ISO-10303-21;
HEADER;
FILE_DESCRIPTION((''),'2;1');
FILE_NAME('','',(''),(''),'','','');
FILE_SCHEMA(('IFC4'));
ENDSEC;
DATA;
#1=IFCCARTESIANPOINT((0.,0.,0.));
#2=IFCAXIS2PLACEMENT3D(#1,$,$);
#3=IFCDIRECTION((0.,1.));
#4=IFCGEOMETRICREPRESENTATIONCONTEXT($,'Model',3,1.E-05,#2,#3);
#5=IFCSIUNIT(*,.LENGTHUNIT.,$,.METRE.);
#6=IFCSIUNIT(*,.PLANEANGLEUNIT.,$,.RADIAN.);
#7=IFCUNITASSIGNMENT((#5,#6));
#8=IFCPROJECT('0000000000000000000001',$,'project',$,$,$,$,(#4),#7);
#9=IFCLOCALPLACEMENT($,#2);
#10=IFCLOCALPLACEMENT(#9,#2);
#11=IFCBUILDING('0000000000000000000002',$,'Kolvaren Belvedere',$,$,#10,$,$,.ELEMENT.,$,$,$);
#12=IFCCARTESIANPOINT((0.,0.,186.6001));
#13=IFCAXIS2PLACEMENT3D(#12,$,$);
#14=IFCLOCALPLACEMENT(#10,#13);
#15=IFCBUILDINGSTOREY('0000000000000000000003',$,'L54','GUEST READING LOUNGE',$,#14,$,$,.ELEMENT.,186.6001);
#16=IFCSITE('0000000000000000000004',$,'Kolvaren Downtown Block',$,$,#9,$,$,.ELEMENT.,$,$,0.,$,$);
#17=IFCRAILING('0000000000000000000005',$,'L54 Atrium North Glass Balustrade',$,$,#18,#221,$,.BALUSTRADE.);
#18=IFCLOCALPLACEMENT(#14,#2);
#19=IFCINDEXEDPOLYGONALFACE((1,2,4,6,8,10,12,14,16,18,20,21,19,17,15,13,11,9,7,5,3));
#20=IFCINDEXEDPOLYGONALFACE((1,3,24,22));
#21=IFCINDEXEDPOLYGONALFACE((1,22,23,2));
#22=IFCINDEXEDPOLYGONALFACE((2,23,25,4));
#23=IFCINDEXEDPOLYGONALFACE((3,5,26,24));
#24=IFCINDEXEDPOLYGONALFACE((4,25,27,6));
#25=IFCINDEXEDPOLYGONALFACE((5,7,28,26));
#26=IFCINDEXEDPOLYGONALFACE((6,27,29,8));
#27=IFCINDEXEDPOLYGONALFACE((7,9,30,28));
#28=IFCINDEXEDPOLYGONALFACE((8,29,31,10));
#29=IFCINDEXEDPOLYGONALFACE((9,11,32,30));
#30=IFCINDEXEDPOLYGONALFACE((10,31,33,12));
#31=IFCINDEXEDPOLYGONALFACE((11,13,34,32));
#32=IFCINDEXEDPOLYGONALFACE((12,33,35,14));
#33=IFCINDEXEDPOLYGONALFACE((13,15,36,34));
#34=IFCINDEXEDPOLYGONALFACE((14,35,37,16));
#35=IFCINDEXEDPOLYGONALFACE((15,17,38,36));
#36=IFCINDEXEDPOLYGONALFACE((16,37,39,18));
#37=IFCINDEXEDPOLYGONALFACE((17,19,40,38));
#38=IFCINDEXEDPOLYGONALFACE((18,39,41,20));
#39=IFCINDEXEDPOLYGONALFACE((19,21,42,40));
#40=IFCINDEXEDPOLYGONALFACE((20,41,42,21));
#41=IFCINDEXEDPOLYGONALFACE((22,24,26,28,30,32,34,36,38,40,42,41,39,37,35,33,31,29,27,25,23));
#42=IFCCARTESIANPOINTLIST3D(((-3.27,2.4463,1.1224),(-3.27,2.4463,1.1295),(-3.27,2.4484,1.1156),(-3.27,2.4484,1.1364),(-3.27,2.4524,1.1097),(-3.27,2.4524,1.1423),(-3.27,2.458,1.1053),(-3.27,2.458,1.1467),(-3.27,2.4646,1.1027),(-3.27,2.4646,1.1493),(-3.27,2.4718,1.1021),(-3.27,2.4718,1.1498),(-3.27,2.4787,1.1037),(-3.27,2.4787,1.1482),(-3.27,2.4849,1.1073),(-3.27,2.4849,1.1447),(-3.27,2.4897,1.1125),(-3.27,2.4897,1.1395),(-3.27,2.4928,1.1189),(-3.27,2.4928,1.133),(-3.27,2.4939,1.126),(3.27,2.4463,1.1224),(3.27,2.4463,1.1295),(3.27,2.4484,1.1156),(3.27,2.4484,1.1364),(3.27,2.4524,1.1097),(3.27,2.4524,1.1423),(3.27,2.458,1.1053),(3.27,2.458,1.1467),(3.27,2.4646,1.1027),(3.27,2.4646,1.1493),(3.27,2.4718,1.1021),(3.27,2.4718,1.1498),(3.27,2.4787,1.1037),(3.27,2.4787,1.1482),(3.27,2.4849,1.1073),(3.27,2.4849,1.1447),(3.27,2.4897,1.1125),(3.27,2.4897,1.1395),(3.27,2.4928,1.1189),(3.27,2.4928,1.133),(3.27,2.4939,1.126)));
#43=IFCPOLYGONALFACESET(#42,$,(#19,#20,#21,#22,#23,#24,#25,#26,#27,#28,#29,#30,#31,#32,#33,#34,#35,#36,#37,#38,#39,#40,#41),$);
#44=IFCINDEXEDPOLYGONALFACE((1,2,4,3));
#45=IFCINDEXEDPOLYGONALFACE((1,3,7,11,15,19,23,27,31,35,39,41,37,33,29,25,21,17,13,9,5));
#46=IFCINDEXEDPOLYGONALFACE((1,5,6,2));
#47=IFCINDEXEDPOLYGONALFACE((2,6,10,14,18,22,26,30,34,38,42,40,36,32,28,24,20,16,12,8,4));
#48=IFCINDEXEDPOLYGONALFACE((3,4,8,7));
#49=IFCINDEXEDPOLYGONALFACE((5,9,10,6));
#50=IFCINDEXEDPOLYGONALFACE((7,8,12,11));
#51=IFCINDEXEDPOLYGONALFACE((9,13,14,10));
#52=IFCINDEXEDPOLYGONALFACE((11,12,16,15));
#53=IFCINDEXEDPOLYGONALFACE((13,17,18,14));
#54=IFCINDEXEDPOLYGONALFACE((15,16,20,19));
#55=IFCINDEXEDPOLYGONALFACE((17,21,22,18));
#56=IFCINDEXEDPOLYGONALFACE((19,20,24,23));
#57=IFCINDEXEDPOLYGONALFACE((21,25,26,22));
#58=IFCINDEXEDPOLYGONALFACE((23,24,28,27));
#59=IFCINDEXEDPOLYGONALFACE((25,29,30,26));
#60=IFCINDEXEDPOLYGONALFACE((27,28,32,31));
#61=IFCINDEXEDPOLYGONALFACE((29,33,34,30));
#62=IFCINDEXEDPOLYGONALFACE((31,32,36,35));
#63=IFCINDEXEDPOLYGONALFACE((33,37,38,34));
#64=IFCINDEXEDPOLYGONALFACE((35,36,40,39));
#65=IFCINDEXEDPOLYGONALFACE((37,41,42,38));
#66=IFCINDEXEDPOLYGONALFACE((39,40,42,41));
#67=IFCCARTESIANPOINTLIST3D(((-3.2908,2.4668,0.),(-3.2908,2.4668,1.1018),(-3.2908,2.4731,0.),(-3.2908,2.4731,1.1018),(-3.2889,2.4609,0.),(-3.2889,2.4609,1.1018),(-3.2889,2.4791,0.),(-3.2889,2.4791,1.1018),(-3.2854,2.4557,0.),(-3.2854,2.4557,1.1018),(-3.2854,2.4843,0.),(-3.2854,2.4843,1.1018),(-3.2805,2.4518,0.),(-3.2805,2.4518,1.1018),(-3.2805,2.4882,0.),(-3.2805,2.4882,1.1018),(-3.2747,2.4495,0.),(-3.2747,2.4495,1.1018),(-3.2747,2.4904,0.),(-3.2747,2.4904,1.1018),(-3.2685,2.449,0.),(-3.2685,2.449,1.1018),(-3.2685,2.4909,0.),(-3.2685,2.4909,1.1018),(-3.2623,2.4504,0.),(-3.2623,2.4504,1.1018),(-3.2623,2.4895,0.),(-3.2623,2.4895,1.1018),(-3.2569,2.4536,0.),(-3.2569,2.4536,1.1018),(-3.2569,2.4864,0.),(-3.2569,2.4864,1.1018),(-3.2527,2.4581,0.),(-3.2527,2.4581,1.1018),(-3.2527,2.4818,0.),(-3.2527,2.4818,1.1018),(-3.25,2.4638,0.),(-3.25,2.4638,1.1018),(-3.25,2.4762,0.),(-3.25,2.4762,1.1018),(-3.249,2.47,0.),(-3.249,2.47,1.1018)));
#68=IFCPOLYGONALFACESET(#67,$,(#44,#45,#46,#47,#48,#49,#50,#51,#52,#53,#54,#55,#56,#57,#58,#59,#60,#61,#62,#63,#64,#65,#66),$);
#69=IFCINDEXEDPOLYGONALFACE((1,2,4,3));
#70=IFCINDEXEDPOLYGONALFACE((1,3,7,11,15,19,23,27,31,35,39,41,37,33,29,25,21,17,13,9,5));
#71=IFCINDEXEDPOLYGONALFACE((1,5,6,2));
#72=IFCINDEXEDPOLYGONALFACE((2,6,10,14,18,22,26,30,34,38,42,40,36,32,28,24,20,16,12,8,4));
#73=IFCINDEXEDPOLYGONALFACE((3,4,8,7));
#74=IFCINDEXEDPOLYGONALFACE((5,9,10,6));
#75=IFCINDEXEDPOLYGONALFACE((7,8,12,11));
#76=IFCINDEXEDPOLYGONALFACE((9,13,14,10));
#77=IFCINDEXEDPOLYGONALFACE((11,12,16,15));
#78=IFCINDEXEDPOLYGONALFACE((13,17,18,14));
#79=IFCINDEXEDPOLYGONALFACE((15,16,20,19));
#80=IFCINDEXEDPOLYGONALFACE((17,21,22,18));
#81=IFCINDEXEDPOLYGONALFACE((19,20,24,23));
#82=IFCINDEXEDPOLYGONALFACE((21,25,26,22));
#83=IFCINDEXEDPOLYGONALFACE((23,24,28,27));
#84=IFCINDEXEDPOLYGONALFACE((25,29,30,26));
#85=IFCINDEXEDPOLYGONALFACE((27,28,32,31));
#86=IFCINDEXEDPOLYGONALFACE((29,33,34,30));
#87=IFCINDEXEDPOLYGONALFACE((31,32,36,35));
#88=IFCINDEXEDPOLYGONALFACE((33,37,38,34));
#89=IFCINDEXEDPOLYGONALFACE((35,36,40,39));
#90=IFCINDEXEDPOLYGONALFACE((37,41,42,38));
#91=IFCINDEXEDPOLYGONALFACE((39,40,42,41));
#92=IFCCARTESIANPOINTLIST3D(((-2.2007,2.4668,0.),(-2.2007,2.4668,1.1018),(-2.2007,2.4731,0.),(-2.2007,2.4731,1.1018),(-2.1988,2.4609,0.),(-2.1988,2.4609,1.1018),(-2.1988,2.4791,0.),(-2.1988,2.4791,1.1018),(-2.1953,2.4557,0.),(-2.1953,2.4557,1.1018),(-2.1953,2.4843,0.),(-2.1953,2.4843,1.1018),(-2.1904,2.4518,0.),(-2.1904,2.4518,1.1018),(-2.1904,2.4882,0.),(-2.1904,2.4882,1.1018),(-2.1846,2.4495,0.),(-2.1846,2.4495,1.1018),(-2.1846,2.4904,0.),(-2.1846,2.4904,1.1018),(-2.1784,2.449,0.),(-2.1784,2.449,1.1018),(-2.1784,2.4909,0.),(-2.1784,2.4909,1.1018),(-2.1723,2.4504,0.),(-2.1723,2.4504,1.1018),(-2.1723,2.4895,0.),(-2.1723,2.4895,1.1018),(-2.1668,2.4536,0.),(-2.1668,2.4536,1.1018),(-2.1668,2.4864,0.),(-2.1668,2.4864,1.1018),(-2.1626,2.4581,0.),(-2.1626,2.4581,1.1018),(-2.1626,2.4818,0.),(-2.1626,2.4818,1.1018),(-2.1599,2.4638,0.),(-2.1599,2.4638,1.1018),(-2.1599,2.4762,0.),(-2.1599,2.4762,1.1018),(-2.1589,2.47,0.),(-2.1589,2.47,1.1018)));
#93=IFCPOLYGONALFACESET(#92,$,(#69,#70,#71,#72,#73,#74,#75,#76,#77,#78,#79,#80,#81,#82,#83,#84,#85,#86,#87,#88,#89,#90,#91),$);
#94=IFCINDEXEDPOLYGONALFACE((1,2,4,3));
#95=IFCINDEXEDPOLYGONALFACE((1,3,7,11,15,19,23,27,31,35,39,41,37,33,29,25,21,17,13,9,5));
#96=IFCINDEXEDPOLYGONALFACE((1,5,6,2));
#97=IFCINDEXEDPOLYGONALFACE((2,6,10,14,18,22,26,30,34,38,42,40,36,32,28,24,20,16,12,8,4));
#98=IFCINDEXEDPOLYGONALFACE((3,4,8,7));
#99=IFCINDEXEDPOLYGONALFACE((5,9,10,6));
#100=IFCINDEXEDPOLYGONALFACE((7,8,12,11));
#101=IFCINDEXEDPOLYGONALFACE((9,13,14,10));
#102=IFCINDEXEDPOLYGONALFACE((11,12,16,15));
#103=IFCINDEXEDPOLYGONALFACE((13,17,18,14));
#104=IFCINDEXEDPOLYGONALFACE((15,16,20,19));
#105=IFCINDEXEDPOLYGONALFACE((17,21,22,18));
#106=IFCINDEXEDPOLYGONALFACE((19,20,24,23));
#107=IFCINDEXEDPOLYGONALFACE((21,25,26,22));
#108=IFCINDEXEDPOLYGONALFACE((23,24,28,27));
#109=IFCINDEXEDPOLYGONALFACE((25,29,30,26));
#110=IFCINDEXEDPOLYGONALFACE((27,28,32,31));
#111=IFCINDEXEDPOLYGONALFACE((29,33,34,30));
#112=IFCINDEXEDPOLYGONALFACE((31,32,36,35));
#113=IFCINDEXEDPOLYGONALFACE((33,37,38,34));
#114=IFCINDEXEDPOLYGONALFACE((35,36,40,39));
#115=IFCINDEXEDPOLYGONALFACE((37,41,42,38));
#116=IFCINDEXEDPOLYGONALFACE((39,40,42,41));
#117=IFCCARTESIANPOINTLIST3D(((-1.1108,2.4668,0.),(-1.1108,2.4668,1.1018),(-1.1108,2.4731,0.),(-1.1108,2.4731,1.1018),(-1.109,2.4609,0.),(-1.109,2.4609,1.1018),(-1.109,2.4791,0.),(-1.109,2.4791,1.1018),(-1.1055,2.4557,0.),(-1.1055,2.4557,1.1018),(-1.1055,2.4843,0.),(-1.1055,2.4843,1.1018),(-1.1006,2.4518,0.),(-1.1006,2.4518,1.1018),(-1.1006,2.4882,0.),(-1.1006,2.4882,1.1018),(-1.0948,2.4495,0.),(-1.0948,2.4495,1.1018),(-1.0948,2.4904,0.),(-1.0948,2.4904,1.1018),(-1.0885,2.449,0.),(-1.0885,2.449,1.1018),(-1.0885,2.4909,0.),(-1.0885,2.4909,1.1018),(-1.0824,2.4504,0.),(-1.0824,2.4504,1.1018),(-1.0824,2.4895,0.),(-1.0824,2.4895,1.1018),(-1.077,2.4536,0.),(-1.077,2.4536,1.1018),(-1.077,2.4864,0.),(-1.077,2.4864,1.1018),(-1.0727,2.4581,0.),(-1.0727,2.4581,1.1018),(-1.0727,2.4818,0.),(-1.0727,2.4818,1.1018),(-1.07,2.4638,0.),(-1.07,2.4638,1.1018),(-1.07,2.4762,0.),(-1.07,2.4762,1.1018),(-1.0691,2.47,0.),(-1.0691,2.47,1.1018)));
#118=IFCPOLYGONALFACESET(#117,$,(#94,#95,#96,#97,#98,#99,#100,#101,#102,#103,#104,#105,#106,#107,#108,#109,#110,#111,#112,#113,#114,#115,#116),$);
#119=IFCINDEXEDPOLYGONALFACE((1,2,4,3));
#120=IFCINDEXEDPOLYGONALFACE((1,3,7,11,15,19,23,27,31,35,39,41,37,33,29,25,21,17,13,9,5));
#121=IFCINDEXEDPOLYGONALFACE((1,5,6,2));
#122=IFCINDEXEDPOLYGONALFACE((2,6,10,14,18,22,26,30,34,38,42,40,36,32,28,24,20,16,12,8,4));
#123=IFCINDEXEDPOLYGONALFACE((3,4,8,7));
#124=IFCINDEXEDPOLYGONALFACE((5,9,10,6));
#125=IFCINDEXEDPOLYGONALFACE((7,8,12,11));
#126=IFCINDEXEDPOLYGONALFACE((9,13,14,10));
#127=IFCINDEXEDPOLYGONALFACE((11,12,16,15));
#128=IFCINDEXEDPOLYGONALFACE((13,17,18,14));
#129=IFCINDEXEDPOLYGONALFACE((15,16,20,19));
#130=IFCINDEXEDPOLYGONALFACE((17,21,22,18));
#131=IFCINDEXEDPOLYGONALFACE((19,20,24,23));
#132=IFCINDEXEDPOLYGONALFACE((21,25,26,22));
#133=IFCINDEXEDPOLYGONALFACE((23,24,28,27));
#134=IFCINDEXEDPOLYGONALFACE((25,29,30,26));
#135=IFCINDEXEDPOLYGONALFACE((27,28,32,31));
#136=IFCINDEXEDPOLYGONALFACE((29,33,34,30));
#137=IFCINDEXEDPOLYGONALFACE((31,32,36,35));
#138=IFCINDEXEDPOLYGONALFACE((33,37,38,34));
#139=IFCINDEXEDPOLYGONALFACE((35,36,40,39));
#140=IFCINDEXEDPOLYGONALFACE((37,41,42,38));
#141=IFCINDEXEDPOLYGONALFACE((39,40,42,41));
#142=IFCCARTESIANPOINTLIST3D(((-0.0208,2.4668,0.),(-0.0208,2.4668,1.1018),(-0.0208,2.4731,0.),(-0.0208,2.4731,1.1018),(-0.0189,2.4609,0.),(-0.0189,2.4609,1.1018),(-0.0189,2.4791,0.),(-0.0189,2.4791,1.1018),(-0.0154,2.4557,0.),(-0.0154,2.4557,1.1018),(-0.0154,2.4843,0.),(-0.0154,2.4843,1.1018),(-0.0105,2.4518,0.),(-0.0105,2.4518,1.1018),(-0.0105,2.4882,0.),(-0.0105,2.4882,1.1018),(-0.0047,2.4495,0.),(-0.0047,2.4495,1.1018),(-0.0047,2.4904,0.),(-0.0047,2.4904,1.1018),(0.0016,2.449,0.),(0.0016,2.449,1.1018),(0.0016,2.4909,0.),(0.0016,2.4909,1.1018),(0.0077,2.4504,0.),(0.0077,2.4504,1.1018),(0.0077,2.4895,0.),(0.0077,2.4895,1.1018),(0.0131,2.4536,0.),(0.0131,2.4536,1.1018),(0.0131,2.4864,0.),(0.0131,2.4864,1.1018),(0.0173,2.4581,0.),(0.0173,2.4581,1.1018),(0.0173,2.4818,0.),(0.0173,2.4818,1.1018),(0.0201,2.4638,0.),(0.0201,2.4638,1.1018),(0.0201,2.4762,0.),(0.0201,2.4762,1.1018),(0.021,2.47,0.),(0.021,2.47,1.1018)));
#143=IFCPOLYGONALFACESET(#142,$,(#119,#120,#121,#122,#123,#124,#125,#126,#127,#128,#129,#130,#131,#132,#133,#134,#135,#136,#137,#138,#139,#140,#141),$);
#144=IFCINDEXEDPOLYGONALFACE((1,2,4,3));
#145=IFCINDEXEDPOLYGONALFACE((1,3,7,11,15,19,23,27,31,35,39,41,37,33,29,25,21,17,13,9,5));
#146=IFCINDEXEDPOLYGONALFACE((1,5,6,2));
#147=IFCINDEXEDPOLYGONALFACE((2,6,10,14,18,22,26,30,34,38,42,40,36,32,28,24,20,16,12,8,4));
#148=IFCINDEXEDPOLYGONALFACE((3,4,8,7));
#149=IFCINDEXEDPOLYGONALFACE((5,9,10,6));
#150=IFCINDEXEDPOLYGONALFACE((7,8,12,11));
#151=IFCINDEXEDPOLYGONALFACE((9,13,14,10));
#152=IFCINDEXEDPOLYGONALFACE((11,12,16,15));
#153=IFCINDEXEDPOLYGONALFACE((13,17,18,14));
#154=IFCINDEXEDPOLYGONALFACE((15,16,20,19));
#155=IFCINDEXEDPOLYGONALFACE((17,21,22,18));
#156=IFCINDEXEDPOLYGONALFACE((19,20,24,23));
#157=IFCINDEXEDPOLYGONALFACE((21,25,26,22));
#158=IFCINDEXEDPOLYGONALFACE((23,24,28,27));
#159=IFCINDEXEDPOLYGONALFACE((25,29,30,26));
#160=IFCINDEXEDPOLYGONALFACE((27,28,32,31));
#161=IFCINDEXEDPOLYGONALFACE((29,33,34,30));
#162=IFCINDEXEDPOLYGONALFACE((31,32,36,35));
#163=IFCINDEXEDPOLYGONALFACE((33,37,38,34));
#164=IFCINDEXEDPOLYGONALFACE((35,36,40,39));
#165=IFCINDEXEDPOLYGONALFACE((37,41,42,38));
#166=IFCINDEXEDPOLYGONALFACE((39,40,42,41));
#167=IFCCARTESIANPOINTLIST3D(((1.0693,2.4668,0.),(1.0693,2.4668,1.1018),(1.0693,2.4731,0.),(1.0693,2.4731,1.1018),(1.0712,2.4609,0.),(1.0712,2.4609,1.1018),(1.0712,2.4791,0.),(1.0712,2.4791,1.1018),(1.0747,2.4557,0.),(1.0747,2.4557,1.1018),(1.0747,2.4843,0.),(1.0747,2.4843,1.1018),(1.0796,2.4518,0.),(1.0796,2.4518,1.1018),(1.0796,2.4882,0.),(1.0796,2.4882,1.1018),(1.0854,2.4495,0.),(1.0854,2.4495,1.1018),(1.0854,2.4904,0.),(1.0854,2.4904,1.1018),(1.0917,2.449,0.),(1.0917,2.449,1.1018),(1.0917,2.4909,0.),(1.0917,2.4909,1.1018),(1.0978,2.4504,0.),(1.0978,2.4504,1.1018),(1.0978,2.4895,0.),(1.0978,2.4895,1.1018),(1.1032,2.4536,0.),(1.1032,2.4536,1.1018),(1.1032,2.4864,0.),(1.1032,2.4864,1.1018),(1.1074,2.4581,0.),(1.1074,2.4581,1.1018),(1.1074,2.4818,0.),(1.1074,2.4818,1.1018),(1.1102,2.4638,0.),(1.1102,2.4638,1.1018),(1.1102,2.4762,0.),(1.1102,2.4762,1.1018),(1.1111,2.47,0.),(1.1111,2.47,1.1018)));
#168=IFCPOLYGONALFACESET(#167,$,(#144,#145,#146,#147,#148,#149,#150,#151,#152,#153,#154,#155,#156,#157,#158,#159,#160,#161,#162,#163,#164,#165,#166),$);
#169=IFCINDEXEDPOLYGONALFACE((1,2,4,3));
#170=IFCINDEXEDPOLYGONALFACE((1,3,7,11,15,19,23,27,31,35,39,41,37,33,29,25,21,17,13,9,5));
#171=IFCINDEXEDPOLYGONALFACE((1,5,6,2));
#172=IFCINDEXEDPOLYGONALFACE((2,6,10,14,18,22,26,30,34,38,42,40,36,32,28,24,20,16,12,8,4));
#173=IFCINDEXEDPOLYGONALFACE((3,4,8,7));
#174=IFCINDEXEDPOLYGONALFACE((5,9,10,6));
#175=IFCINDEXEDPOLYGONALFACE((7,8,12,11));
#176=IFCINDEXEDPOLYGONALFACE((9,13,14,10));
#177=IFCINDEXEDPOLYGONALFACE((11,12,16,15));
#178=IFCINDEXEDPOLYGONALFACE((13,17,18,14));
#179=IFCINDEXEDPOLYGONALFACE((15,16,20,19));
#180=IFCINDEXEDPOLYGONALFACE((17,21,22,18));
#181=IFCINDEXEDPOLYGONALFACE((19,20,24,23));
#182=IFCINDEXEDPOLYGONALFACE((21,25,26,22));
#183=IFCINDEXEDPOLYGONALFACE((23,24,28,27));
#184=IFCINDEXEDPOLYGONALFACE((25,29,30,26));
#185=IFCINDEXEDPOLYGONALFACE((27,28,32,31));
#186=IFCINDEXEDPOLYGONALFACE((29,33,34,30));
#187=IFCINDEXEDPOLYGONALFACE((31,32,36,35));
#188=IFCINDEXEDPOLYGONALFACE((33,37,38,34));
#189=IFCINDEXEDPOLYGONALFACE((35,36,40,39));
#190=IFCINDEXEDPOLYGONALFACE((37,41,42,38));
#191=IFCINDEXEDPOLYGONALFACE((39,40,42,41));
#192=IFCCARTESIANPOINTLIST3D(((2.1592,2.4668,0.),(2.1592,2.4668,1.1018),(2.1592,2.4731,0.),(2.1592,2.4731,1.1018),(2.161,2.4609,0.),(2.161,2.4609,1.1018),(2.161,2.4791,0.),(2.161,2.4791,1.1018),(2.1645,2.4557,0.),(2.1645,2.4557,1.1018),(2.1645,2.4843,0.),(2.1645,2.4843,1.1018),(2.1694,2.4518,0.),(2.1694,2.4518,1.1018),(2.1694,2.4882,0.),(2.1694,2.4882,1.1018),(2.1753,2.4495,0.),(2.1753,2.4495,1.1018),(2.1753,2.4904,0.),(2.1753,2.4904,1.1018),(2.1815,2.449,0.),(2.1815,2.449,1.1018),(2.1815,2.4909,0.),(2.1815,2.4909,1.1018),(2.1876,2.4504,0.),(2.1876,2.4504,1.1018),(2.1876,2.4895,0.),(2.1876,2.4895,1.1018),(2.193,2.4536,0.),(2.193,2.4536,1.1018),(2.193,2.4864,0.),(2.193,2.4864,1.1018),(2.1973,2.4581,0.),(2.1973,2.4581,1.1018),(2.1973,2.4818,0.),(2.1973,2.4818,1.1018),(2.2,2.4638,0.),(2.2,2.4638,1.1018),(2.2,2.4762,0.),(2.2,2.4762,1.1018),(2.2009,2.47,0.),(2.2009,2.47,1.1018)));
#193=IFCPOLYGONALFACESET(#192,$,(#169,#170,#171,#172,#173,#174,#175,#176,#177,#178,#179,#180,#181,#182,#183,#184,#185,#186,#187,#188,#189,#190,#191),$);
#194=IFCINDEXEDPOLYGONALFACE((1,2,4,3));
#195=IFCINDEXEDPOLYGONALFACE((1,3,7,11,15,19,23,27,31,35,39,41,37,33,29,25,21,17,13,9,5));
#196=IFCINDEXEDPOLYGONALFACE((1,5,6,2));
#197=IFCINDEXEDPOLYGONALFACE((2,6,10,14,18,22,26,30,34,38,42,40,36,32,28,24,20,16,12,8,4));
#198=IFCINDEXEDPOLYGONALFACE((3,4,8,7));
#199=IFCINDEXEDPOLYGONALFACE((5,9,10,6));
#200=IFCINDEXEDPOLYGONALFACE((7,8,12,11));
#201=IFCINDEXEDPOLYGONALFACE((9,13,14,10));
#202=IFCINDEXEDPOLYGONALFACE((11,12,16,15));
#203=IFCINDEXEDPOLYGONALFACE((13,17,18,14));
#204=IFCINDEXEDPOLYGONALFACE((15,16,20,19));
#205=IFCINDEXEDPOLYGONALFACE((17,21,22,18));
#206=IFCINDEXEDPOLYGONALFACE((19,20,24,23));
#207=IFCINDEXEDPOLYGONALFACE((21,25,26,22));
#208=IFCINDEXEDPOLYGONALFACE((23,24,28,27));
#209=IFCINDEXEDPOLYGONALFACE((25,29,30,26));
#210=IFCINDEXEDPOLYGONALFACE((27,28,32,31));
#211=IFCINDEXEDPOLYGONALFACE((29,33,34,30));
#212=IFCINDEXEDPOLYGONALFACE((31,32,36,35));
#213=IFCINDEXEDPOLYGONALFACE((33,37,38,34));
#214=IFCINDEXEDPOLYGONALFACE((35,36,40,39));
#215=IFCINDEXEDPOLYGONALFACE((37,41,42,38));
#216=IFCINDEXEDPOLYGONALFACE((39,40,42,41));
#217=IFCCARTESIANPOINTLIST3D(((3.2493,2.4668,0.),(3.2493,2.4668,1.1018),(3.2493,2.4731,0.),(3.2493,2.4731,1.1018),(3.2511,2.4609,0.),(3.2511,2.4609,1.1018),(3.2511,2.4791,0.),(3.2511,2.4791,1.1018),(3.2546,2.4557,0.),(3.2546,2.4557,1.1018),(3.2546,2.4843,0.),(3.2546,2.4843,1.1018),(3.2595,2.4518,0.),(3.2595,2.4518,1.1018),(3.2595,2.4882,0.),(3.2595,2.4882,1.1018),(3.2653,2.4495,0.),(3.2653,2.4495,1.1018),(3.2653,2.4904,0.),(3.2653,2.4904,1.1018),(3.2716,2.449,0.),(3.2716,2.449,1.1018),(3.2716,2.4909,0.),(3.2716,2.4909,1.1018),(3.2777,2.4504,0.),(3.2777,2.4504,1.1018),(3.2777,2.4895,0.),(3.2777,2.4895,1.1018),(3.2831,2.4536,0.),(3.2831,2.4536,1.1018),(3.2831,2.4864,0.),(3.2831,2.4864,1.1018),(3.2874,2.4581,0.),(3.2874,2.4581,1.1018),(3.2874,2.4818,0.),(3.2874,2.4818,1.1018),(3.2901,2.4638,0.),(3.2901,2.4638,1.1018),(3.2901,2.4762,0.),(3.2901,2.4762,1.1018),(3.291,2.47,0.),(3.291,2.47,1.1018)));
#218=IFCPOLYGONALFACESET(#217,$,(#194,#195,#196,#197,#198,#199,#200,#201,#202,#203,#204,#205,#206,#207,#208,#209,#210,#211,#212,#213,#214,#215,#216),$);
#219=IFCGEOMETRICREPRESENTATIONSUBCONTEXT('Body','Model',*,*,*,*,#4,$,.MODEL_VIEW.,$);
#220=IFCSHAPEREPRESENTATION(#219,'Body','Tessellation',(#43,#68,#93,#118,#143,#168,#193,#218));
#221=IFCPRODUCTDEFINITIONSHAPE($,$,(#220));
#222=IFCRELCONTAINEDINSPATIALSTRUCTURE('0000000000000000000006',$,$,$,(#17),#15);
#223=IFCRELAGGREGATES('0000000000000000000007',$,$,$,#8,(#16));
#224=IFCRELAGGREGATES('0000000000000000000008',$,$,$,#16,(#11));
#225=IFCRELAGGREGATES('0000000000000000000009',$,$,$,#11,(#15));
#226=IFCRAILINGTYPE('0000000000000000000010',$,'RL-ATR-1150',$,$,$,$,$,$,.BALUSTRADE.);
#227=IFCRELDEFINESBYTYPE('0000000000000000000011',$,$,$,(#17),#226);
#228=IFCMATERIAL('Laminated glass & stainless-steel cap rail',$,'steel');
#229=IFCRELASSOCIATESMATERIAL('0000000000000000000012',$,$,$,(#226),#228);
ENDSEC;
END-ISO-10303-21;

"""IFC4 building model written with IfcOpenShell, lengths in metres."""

from ifc_helpers import new_model, si_unit, direction, frame, origin, origin_2d, place, context, subcontext, project, spatial, circle, extrude, material, type_object, element, save


model = new_model("IFC4")

# Units and contexts
model_context = context("Model", 3, precision=1e-05, world=origin(), true_north=direction((0.0, 1.0)))
body_context = subcontext(model_context, "Body", "Model", "MODEL_VIEW")
ifc_project = project(units=[si_unit("LENGTHUNIT", "METRE"), si_unit("PLANEANGLEUNIT", "RADIAN")], contexts=[model_context])

# Site, building, storey
site_placement = place(None, origin())
site = spatial("IfcSite", under=ifc_project, at=site_placement, Name="Kolvaren Downtown Block", CompositionType="ELEMENT", RefElevation=0.0)
building_placement = place(site_placement, origin())
building = spatial("IfcBuilding", under=site, at=building_placement, Name="Kolvaren Belvedere", CompositionType="ELEMENT")
storey_placement = place(building_placement, frame((0.0, 0.0, 186.6001)))
storey = spatial("IfcBuildingStorey", under=building, at=storey_placement, Name="L54", Description="GUEST READING LOUNGE", CompositionType="ELEMENT", Elevation=186.6001)

# Railing
ifc_material_1 = material(Name="Laminated glass & stainless-steel cap rail", Category="steel")
railing_type_1 = type_object("IfcRailingType", Name="RL-ATR-1150", PredefinedType="BALUSTRADE", material=ifc_material_1)
railing_1_placement = place(storey_placement, frame((-3.27, 2.47, 0.0)))
element("IfcRailing", 1, at=railing_1_placement, inside=storey, type_object=railing_type_1, Name="L54 Atrium North Glass Balustrade", PredefinedType="BALUSTRADE", context=body_context, shape_type="SweptSolid", body=[
    extrude(circle(Radius=0.0239, at=origin_2d()), frame((0.0, 0.0, 1.126), z_axis=(1.0, 0.0, 0.0), x_axis=(0.0, 1.0, 0.0)), (0.0, 0.0, 1.0), 6.54),
    extrude(circle(Radius=0.021, at=origin_2d()), origin(), (0.0, 0.0, 1.0), 1.1018),
    extrude(circle(Radius=0.021, at=origin_2d()), frame((1.0901, 0.0, 0.0)), (0.0, 0.0, 1.0), 1.1018),
    extrude(circle(Radius=0.021, at=origin_2d()), frame((2.1799, 0.0, 0.0)), (0.0, 0.0, 1.0), 1.1018),
    extrude(circle(Radius=0.021, at=origin_2d()), frame((3.27, 0.0, 0.0)), (0.0, 0.0, 1.0), 1.1018),
    extrude(circle(Radius=0.021, at=origin_2d()), frame((4.3601, 0.0, 0.0)), (0.0, 0.0, 1.0), 1.1018),
    extrude(circle(Radius=0.021, at=origin_2d()), frame((5.45, 0.0, 0.0)), (0.0, 0.0, 1.0), 1.1018),
    extrude(circle(Radius=0.021, at=origin_2d()), frame((6.54, 0.0, 0.0)), (0.0, 0.0, 1.0), 1.1018),
])

save(model, "model.ifc")
